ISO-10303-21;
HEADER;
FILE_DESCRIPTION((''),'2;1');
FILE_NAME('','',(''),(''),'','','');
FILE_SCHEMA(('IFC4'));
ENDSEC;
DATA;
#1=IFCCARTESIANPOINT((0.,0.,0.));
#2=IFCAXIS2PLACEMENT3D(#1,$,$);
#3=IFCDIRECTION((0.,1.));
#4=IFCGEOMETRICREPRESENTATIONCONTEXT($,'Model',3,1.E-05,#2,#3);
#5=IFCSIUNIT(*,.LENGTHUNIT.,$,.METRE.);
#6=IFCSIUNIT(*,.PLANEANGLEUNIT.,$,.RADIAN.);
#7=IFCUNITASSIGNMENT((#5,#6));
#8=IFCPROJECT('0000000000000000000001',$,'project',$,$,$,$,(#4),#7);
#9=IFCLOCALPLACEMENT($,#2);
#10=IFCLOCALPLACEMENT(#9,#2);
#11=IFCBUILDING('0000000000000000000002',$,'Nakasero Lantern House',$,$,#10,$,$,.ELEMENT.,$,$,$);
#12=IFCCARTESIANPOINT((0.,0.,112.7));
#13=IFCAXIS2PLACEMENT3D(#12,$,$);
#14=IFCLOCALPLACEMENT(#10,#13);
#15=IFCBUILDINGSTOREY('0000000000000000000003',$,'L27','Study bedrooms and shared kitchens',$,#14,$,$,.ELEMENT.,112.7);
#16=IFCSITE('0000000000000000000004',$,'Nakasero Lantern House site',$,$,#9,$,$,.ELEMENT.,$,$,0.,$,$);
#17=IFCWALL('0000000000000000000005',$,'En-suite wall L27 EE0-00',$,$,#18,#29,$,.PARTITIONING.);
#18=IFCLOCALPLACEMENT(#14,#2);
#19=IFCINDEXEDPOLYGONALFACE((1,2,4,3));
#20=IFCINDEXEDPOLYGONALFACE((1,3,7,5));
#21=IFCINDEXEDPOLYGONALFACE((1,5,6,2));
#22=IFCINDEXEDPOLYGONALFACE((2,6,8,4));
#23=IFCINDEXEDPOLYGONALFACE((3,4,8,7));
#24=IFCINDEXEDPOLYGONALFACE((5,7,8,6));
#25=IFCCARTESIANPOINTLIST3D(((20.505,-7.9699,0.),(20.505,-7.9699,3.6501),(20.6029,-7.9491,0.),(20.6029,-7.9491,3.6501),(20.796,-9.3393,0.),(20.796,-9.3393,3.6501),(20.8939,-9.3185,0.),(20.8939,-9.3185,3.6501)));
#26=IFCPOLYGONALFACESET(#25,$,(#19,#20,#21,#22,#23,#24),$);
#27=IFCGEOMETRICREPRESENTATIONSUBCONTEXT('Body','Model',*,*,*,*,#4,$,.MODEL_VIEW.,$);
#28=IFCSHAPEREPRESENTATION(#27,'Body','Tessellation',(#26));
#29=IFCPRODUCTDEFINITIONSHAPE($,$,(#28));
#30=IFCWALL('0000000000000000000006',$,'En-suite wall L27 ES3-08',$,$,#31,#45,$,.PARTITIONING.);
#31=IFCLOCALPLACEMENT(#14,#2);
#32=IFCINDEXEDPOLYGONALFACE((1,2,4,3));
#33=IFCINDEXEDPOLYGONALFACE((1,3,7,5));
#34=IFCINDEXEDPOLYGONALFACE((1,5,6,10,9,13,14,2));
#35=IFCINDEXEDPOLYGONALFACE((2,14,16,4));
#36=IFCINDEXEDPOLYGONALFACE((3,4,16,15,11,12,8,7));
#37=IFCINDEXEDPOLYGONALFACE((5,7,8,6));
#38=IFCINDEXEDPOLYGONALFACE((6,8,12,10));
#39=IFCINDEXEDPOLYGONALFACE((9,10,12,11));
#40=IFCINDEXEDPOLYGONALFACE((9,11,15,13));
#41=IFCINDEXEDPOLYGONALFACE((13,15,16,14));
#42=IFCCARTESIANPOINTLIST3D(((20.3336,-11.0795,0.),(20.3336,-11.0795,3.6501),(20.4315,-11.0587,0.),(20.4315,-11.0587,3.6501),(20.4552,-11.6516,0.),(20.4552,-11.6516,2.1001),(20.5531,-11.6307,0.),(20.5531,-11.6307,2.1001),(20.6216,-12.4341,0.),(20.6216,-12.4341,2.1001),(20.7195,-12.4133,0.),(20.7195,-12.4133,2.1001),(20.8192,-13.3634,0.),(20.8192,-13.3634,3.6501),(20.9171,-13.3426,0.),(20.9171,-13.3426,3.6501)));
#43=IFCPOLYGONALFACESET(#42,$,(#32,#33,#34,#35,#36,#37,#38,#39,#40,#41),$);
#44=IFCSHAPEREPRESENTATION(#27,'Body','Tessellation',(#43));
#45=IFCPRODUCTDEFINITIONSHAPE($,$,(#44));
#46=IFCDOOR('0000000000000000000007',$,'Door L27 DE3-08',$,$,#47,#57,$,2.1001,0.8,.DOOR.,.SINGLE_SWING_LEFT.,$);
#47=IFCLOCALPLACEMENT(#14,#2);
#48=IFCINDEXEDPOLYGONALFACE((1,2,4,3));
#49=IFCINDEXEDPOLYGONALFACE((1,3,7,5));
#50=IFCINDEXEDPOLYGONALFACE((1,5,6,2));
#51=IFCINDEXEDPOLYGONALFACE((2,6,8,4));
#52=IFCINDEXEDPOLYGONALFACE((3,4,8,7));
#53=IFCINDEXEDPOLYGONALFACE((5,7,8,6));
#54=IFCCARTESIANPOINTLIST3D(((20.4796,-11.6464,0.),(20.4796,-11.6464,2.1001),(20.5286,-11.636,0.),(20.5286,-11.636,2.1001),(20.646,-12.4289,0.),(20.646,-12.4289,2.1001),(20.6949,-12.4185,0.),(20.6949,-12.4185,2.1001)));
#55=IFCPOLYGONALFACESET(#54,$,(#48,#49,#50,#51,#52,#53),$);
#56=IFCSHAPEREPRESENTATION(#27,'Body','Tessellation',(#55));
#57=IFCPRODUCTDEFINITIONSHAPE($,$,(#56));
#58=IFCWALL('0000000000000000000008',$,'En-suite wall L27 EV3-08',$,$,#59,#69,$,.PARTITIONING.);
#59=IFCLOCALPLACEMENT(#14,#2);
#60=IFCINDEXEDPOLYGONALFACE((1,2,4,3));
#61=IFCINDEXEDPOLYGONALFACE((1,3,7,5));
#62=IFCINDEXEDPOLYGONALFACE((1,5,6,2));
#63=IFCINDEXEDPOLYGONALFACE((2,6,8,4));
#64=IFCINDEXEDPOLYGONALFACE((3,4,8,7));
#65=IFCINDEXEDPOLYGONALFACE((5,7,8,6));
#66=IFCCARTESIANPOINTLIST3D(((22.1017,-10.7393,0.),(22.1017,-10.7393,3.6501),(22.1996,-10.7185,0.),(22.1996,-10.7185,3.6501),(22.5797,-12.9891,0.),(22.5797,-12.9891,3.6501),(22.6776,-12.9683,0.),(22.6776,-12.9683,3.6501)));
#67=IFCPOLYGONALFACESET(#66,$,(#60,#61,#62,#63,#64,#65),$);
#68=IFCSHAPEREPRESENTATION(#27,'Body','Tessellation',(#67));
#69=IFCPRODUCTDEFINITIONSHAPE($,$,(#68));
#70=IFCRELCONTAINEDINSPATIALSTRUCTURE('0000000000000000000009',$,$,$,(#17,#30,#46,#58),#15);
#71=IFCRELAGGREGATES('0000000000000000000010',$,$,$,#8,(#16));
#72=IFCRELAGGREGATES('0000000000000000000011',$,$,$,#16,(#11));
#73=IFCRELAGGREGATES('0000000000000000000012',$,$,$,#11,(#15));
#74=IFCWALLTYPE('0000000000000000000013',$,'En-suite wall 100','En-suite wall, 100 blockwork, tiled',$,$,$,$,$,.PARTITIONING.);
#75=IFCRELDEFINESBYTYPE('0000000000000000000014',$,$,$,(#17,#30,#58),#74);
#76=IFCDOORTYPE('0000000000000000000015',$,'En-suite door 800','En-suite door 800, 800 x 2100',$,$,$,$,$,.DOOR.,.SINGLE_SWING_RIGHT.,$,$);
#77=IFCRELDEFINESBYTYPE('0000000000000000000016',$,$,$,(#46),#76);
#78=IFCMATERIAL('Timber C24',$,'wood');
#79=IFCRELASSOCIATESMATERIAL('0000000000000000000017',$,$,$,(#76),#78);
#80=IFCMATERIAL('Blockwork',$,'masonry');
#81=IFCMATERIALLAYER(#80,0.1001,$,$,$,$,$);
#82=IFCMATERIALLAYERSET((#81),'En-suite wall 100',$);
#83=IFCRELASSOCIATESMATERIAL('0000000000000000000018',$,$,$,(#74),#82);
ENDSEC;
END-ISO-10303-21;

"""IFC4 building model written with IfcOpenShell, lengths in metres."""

from ifc_helpers import new_model, si_unit, direction, frame, frame_2d, origin, place, context, subcontext, project, spatial, rectangle, extrude, material, layer, layer_set, type_object, element, fill, save


model = new_model("IFC4")

# Units and contexts
model_context = context("Model", 3, precision=1e-05, world=origin(), true_north=direction((0.0, 1.0)))
body_context = subcontext(model_context, "Body", "Model", "MODEL_VIEW")
ifc_project = project(units=[si_unit("LENGTHUNIT", "METRE"), si_unit("PLANEANGLEUNIT", "RADIAN")], contexts=[model_context])

# Site, building, storey
site_placement = place(None, origin())
site = spatial("IfcSite", under=ifc_project, at=site_placement, Name="Nakasero Lantern House site", CompositionType="ELEMENT", RefElevation=0.0)
building_placement = place(site_placement, origin())
building = spatial("IfcBuilding", under=site, at=building_placement, Name="Nakasero Lantern House", CompositionType="ELEMENT")
storey_placement = place(building_placement, frame((0.0, 0.0, 112.7)))
storey = spatial("IfcBuildingStorey", under=building, at=storey_placement, Name="L27", Description="Study bedrooms and shared kitchens", CompositionType="ELEMENT", Elevation=112.7)

# Shared definitions
ifc_material_1 = material(Name="Timber C24", Category="wood")
door_type_1 = type_object("IfcDoorType", Name="En-suite door 800", Description="En-suite door 800, 800 x 2100", OperationType="SINGLE_SWING_RIGHT", PredefinedType="DOOR", material=ifc_material_1)

# Wall
ifc_material_2 = material(Name="Blockwork", Category="masonry")
ifc_layer_1 = layer(ifc_material_2, 0.1001)
ifc_layer_set_1 = layer_set([ifc_layer_1], Name="En-suite wall 100")
wall_type_1 = type_object("IfcWallType", Name="En-suite wall 100", Description="En-suite wall, 100 blockwork, tiled", PredefinedType="PARTITIONING", material=ifc_layer_set_1)
wall_1_placement = place(storey_placement, frame((20.845, -9.3289, 0.0), z_axis=(0.0, 0.0, 1.0), x_axis=(-0.207873, 0.978156, 0.0)))
element("IfcWall", 1, at=wall_1_placement, inside=storey, type_object=wall_type_1, Name="En-suite wall L27 EE0-00", PredefinedType="PARTITIONING", context=body_context, shape_type="SweptSolid", body=[
    extrude(rectangle(XDim=1.3999, YDim=0.1001, at=frame_2d((0.7, 0.0))), origin(), (0.0, 0.0, 1.0), 3.6501),
])

# Wall, opening, door
wall_2_placement = place(storey_placement, frame((20.3826, -11.0691, 0.0), z_axis=(0.0, 0.0, 1.0), x_axis=(0.207965, -0.978136, 0.0)))
wall_2 = element("IfcWall", 2, at=wall_2_placement, inside=storey, type_object=wall_type_1, Name="En-suite wall L27 ES3-08", PredefinedType="PARTITIONING", context=body_context, shape_type="SweptSolid", body=[
    extrude(rectangle(XDim=2.335, YDim=0.1001, at=frame_2d((1.1675, 0.0))), origin(), (0.0, 0.0, 1.0), 3.6501),
])
opening_1_placement = place(wall_2_placement, frame((0.585, 0.0, 0.0)))
opening_1 = element("IfcOpeningElement", 3, at=opening_1_placement, cuts=wall_2, PredefinedType="OPENING", context=body_context, shape_type="SweptSolid", body=[
    extrude(rectangle(XDim=0.8, YDim=2.1001, at=frame_2d((0.3999, 1.05))), frame((0.0, 0.0701, 0.0), z_axis=(0.0, -1.0, 0.0), x_axis=(1.0, 0.0, 0.0)), (0.0, 0.0, 1.0), 0.1401),
])
door_1_placement = place(opening_1_placement, origin())
door_1 = element("IfcDoor", 4, at=door_1_placement, inside=storey, type_object=door_type_1, Name="Door L27 DE3-08", OperationType="SINGLE_SWING_LEFT", OverallHeight=2.1001, OverallWidth=0.8, PredefinedType="DOOR", context=body_context, shape_type="SweptSolid", body=[
    extrude(rectangle(XDim=0.8, YDim=2.1001, at=frame_2d((0.3999, 1.05))), frame((0.0, 0.0249, 0.0), z_axis=(0.0, -1.0, 0.0), x_axis=(1.0, 0.0, 0.0)), (0.0, 0.0, 1.0), 0.05),
])
fill(opening_1, door_1)

# Wall
wall_3_placement = place(storey_placement, frame((22.1506, -10.729, 0.0), z_axis=(0.0, 0.0, 1.0), x_axis=(0.20784, -0.978163, 0.0)))
element("IfcWall", 5, at=wall_3_placement, inside=storey, type_object=wall_type_1, Name="En-suite wall L27 EV3-08", PredefinedType="PARTITIONING", context=body_context, shape_type="SweptSolid", body=[
    extrude(rectangle(XDim=2.3, YDim=0.1001, at=frame_2d((1.1499, 0.0))), origin(), (0.0, 0.0, 1.0), 3.6501),
])

save(model, "model.ifc")
